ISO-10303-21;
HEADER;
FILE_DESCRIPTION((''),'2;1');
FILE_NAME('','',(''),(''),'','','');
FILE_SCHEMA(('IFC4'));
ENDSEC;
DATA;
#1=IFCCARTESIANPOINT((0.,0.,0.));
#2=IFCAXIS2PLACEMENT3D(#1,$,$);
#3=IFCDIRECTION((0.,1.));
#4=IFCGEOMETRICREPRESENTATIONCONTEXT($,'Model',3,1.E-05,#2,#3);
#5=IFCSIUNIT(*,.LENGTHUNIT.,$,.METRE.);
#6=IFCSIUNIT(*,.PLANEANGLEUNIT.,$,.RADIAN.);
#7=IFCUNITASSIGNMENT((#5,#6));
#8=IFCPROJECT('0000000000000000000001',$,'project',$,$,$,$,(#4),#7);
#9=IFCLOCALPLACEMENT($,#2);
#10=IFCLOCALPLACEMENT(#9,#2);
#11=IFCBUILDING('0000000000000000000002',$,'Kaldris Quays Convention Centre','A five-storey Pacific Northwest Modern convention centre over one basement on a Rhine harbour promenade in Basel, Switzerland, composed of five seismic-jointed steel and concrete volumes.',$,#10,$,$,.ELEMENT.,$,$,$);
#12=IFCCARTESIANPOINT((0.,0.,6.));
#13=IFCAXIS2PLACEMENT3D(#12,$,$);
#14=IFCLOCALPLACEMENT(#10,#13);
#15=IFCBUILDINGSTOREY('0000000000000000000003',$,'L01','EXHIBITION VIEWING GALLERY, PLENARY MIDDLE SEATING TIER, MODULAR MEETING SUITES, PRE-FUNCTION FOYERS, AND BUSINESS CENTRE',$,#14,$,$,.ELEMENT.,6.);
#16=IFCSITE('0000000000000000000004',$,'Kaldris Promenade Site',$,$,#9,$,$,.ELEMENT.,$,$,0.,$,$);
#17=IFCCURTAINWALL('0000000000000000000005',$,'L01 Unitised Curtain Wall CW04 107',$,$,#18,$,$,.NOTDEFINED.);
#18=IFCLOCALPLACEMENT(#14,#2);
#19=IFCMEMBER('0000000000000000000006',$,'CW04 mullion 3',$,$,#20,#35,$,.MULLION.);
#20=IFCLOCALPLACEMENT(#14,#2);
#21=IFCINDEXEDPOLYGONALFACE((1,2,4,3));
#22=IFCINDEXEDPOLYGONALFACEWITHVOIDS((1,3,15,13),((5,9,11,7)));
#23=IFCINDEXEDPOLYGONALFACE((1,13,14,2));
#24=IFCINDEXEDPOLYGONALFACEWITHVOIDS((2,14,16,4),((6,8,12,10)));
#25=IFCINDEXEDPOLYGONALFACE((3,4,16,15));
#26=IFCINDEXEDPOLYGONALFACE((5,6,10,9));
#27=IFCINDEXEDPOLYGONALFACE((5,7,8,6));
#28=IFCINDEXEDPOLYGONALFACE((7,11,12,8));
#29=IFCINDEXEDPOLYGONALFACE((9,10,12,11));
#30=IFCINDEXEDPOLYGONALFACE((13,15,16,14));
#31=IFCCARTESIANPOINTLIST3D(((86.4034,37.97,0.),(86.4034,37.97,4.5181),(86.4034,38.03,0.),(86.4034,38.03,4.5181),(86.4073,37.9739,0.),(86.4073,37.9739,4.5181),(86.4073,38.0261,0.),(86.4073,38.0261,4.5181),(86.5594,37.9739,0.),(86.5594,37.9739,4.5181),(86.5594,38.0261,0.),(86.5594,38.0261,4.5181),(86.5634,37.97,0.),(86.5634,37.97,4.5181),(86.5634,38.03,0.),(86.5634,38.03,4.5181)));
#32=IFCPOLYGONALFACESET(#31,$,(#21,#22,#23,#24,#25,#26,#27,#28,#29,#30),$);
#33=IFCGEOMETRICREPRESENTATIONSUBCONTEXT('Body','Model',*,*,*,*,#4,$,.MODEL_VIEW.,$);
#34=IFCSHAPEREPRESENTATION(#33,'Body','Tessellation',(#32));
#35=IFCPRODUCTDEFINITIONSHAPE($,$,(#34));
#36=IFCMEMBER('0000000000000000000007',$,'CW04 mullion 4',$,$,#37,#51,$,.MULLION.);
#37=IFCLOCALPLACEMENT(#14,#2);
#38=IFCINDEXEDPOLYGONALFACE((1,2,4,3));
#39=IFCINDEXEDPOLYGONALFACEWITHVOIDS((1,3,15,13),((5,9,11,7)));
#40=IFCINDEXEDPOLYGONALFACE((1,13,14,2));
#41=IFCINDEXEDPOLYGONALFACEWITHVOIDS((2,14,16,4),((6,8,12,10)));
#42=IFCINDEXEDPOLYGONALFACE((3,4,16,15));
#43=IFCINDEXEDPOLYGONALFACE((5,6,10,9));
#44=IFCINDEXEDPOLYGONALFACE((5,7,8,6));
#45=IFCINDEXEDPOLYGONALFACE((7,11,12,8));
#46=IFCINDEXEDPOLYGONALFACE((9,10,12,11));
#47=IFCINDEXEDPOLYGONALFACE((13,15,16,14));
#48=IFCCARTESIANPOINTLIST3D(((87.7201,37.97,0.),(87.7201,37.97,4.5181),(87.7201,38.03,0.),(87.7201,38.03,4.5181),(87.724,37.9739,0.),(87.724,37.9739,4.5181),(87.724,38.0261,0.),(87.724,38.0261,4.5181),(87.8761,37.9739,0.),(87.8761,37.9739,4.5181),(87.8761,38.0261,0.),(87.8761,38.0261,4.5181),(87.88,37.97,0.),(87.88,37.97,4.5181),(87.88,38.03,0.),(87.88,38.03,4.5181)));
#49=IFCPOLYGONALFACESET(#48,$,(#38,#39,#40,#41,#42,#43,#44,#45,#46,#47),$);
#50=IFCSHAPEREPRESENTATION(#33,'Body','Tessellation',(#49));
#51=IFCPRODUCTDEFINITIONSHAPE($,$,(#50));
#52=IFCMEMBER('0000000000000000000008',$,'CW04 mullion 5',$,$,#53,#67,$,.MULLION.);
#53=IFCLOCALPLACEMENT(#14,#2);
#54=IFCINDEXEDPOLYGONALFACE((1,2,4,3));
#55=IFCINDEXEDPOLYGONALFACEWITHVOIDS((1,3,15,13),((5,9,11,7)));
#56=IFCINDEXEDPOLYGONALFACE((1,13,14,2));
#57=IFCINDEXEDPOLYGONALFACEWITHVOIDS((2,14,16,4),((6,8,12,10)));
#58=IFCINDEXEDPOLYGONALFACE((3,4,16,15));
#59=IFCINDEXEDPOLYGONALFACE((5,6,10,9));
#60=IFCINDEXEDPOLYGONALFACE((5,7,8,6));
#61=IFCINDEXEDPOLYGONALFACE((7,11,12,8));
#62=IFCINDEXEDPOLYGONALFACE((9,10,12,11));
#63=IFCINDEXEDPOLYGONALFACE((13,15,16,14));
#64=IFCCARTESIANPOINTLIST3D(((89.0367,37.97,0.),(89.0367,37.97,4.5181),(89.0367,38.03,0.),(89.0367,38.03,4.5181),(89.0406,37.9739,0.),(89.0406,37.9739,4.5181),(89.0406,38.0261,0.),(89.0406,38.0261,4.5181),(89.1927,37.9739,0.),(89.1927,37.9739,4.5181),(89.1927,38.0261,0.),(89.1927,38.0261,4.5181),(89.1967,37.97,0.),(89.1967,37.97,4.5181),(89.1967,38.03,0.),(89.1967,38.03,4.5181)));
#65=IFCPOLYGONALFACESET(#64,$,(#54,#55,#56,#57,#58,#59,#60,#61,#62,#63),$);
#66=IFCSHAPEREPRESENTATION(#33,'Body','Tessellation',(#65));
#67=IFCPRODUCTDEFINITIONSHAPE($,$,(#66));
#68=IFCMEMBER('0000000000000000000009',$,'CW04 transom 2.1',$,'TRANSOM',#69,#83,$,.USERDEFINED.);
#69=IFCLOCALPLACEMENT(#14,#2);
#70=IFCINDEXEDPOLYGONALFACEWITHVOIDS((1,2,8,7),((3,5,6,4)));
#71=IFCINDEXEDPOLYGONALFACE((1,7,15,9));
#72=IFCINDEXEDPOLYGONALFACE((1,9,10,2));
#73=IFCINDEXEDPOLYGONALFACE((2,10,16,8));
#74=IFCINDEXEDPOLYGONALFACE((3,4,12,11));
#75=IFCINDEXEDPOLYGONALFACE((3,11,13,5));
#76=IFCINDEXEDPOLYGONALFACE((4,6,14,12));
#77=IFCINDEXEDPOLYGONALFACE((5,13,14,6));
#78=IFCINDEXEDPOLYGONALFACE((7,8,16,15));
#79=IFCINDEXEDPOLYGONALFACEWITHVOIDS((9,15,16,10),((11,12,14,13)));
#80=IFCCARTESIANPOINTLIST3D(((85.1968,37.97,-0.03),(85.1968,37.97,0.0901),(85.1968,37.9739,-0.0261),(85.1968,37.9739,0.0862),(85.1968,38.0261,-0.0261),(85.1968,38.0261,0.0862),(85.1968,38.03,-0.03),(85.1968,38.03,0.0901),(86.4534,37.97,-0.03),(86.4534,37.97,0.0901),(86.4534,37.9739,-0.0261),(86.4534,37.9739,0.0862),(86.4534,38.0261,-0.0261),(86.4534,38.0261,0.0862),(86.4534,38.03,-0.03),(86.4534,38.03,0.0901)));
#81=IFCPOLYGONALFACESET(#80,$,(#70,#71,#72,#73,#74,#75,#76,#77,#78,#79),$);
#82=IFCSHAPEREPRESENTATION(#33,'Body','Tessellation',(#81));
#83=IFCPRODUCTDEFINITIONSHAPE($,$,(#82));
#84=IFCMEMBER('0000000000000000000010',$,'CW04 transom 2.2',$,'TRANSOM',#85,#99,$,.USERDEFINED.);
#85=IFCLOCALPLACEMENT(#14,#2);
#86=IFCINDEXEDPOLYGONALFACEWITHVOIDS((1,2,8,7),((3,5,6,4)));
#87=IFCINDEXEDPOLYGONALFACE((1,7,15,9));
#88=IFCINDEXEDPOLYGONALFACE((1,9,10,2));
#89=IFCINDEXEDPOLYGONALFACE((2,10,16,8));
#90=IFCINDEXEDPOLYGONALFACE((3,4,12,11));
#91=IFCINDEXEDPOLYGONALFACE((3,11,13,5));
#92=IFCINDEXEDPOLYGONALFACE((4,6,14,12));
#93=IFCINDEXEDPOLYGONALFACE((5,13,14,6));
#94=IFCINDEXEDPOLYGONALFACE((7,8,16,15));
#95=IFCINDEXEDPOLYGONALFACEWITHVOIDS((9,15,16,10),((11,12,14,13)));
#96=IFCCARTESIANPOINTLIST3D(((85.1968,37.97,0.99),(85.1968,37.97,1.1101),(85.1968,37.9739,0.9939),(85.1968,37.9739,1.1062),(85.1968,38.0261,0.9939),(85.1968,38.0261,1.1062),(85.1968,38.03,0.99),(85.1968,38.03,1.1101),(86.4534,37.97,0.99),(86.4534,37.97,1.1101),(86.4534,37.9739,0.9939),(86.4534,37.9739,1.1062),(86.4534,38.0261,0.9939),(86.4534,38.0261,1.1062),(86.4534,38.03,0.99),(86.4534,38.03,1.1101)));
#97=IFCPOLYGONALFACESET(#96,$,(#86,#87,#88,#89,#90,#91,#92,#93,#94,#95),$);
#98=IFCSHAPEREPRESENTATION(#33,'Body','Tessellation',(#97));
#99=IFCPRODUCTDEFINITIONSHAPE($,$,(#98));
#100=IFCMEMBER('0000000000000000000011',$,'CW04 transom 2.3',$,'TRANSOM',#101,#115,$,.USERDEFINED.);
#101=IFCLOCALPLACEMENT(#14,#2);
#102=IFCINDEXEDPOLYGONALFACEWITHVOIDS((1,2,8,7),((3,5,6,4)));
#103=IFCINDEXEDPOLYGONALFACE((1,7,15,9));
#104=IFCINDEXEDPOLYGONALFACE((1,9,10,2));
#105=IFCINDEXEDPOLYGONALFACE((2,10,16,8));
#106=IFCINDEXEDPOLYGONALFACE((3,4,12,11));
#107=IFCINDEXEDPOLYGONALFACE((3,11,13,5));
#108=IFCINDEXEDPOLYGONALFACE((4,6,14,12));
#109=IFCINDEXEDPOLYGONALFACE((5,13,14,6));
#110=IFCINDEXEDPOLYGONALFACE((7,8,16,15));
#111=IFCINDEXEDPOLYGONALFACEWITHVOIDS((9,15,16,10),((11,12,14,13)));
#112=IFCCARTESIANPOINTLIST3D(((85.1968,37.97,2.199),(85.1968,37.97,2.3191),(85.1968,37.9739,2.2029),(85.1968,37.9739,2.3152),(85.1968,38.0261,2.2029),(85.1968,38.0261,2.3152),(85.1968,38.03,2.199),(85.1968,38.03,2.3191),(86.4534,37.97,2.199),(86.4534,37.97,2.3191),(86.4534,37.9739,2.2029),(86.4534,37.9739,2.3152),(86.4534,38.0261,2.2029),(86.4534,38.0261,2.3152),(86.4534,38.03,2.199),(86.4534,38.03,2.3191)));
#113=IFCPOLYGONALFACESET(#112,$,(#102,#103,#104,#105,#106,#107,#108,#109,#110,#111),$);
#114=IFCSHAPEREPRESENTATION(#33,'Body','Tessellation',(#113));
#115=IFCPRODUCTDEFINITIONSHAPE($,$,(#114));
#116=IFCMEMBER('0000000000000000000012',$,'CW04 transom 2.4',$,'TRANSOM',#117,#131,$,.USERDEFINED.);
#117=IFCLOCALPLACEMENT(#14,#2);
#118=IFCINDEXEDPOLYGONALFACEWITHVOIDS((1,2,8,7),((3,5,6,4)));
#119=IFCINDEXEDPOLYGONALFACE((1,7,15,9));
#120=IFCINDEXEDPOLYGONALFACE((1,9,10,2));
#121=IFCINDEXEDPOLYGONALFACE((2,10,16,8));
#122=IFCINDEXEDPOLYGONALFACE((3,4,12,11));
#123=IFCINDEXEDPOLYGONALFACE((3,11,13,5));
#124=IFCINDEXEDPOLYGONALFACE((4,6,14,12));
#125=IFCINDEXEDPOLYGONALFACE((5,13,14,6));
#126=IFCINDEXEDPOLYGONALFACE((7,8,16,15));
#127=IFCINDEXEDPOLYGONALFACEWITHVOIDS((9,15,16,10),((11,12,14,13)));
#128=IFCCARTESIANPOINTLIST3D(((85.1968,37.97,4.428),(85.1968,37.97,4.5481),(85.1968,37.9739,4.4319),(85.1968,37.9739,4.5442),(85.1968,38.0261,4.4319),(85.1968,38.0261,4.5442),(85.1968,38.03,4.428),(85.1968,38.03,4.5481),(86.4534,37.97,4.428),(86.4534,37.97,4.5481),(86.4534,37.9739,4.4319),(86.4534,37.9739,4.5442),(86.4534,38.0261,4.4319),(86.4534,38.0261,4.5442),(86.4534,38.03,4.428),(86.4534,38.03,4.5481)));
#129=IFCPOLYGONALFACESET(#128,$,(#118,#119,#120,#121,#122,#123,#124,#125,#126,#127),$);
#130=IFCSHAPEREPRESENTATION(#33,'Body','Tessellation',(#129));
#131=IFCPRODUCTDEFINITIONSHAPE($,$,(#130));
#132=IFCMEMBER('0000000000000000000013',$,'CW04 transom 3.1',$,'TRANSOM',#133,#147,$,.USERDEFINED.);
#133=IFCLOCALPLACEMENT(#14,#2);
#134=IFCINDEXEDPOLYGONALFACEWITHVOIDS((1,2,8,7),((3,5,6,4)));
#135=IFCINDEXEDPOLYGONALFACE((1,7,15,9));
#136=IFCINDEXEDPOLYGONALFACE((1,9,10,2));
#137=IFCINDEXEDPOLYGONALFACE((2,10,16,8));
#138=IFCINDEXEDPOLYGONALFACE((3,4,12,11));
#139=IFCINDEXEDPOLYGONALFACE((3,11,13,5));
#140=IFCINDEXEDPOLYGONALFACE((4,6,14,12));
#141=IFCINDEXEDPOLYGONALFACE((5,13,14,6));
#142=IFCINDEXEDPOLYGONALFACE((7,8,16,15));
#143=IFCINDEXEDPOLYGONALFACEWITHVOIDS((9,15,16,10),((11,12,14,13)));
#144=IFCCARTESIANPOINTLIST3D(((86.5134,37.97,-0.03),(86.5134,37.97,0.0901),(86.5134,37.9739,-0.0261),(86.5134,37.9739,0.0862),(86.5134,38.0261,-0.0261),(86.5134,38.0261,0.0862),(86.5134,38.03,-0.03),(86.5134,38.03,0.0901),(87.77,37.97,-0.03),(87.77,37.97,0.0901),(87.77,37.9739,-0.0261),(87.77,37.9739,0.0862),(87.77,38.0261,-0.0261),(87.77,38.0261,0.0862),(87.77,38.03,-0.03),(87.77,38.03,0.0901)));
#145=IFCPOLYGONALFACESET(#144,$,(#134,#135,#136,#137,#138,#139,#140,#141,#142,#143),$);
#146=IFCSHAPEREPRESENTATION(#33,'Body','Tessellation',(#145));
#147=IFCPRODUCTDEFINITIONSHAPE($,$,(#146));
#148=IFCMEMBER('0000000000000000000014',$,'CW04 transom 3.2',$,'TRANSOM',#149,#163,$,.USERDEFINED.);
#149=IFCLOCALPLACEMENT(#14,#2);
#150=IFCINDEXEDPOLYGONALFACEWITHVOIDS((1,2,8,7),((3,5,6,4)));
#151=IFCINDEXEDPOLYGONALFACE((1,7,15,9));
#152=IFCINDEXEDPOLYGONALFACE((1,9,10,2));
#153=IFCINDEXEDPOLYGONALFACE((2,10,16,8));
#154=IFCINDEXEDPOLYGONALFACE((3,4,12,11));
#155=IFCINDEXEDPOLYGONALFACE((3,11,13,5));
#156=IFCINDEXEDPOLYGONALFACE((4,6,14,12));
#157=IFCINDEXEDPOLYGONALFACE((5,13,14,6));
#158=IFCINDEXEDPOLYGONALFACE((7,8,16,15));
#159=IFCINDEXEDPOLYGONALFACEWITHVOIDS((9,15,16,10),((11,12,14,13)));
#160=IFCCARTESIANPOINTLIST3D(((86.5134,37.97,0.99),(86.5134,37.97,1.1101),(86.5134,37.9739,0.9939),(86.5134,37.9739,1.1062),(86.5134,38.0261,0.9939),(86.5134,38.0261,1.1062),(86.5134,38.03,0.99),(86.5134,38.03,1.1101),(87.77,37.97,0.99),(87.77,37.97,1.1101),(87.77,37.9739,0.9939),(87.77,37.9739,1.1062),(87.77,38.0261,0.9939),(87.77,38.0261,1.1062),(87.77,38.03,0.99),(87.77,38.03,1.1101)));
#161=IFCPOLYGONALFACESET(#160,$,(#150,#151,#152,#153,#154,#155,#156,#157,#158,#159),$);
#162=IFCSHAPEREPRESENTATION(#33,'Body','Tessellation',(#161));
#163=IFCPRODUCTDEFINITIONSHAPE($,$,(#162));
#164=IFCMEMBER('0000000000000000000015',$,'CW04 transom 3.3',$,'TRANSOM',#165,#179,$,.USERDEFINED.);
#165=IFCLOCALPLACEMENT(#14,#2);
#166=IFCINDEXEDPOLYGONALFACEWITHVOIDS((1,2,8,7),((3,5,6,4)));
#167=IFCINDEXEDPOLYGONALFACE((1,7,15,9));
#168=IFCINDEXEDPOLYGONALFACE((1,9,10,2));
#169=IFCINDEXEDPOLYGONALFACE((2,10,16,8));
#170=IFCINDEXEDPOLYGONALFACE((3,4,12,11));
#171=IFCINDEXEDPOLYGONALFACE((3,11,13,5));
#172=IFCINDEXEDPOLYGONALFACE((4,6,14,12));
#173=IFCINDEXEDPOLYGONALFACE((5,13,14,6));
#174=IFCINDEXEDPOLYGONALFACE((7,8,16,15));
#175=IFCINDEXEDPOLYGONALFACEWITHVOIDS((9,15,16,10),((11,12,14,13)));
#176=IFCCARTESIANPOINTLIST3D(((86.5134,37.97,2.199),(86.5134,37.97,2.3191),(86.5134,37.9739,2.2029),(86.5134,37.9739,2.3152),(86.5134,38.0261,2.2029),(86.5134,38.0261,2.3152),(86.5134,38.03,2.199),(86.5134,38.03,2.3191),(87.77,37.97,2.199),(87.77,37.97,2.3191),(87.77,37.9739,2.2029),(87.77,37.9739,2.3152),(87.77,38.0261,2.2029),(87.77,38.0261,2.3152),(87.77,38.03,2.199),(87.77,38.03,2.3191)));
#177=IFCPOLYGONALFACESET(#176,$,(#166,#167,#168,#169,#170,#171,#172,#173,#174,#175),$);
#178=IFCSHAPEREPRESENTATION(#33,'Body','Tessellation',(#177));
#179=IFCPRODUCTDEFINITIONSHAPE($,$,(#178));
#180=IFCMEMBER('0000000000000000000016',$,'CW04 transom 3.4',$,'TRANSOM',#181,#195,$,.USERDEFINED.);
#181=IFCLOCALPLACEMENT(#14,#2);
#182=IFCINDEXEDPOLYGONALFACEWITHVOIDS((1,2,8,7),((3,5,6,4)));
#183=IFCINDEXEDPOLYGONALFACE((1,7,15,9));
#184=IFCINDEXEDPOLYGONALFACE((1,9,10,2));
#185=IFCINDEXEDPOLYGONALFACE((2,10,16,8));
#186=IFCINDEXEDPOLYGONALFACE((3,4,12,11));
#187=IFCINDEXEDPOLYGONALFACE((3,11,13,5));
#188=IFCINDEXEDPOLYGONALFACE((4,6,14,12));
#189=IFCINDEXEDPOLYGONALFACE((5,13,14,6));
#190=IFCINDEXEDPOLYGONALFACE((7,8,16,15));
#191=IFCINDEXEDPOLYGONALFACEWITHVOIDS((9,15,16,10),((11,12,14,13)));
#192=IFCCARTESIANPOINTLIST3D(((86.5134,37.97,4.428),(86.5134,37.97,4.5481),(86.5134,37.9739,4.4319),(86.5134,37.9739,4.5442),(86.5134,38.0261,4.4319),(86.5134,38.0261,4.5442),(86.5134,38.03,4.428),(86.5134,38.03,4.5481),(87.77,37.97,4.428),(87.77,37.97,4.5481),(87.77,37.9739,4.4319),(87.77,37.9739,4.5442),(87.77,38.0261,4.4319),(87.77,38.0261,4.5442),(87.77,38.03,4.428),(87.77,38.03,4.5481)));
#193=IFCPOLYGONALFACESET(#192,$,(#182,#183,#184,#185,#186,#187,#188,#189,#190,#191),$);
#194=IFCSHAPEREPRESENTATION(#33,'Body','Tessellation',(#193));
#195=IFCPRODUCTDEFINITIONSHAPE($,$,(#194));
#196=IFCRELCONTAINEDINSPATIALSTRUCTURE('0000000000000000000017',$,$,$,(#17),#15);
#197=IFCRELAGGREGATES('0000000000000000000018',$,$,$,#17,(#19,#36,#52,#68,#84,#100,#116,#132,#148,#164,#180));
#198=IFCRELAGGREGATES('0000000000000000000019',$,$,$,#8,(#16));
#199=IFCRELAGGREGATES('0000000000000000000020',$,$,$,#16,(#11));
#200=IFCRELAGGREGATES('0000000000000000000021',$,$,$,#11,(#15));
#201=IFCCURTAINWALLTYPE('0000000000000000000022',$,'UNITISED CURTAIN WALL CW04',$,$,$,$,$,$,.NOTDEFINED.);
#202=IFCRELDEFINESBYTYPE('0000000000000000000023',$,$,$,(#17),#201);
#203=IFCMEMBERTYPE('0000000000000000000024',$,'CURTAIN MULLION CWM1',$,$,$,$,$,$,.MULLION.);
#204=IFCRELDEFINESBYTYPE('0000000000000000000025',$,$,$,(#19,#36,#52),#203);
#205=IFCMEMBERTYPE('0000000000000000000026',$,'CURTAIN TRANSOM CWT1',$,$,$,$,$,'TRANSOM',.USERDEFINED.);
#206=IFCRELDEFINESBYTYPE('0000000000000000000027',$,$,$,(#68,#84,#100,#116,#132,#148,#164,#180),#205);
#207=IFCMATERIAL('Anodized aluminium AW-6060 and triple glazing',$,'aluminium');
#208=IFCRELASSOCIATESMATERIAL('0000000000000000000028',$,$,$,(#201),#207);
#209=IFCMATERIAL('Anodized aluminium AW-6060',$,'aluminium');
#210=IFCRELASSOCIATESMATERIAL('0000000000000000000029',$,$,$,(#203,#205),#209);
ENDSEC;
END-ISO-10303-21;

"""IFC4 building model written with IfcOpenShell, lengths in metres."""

from ifc_helpers import new_model, si_unit, direction, frame, origin, origin_2d, place, context, subcontext, project, spatial, hollow_rectangle, extrude, material, material_profile, profile_set, type_object, element, aggregate, save


model = new_model("IFC4")

# Units and contexts
model_context = context("Model", 3, precision=1e-05, world=origin(), true_north=direction((0.0, 1.0)))
body_context = subcontext(model_context, "Body", "Model", "MODEL_VIEW")
ifc_project = project(units=[si_unit("LENGTHUNIT", "METRE"), si_unit("PLANEANGLEUNIT", "RADIAN")], contexts=[model_context])

# Site, building, storey
site_placement = place(None, origin())
site = spatial("IfcSite", under=ifc_project, at=site_placement, Name="Kaldris Promenade Site", CompositionType="ELEMENT", RefElevation=0.0)
building_placement = place(site_placement, origin())
building = spatial("IfcBuilding", under=site, at=building_placement, Name="Kaldris Quays Convention Centre", Description="A five-storey Pacific Northwest Modern convention centre over one basement on a Rhine harbour promenade in Basel, Switzerland, composed of five seismic-jointed steel and concrete volumes.", CompositionType="ELEMENT")
storey_placement = place(building_placement, frame((0.0, 0.0, 6.0)))
storey = spatial("IfcBuildingStorey", under=building, at=storey_placement, Name="L01", Description="EXHIBITION VIEWING GALLERY, PLENARY MIDDLE SEATING TIER, MODULAR MEETING SUITES, PRE-FUNCTION FOYERS, AND BUSINESS CENTRE", CompositionType="ELEMENT", Elevation=6.0)

# Curtain wall, members
ifc_material_1 = material(Name="Anodized aluminium AW-6060 and triple glazing", Category="aluminium")
curtain_wall_type = type_object("IfcCurtainWallType", Name="UNITISED CURTAIN WALL CW04", PredefinedType="NOTDEFINED", material=ifc_material_1)
curtain_wall_placement = place(storey_placement, origin())
curtain_wall = element("IfcCurtainWall", 1, at=curtain_wall_placement, inside=storey, type_object=curtain_wall_type, Name="L01 Unitised Curtain Wall CW04 107", PredefinedType="NOTDEFINED")
ifc_material_2 = material(Name="Anodized aluminium AW-6060", Category="aluminium")
ifc_material_profile_1 = material_profile(ifc_material_2, hollow_rectangle(XDim=0.0601, YDim=0.1599, WallThickness=0.0039, at=origin_2d()), Name="RHS 160x60x4")
ifc_profile_set_1 = profile_set([ifc_material_profile_1], Name="Anodized aluminium AW-6060")
member_type_1 = type_object("IfcMemberType", Name="CURTAIN MULLION CWM1", PredefinedType="MULLION", material=ifc_profile_set_1)
member_1_placement = place(storey_placement, frame((86.4834, 38.0, 0.0), z_axis=(0.0, 0.0, 1.0), x_axis=(0.0, 1.0, 0.0)))
member_1 = element("IfcMember", 2, at=member_1_placement, type_object=member_type_1, Name="CW04 mullion 3", PredefinedType="MULLION", context=body_context, shape_type="SweptSolid", body=[
    extrude(hollow_rectangle(XDim=0.0601, YDim=0.1599, WallThickness=0.0039, at=origin_2d()), origin(), (0.0, 0.0, 1.0), 4.5181),
])
member_2_placement = place(storey_placement, frame((87.8, 38.0, 0.0), z_axis=(0.0, 0.0, 1.0), x_axis=(0.0, 1.0, 0.0)))
member_2 = element("IfcMember", 3, at=member_2_placement, type_object=member_type_1, Name="CW04 mullion 4", PredefinedType="MULLION", context=body_context, shape_type="SweptSolid", body=[
    extrude(hollow_rectangle(XDim=0.0601, YDim=0.1599, WallThickness=0.0039, at=origin_2d()), origin(), (0.0, 0.0, 1.0), 4.5181),
])
member_3_placement = place(storey_placement, frame((89.1167, 38.0, 0.0), z_axis=(0.0, 0.0, 1.0), x_axis=(0.0, 1.0, 0.0)))
member_3 = element("IfcMember", 4, at=member_3_placement, type_object=member_type_1, Name="CW04 mullion 5", PredefinedType="MULLION", context=body_context, shape_type="SweptSolid", body=[
    extrude(hollow_rectangle(XDim=0.0601, YDim=0.1599, WallThickness=0.0039, at=origin_2d()), origin(), (0.0, 0.0, 1.0), 4.5181),
])
ifc_material_profile_2 = material_profile(ifc_material_2, hollow_rectangle(XDim=0.0601, YDim=0.1201, WallThickness=0.0039, at=origin_2d()), Name="RHS 120x60x4")
ifc_profile_set_2 = profile_set([ifc_material_profile_2], Name="Anodized aluminium AW-6060")
member_type_2 = type_object("IfcMemberType", Name="CURTAIN TRANSOM CWT1", ElementType="TRANSOM", PredefinedType="USERDEFINED", material=ifc_profile_set_2)
member_4_placement = place(storey_placement, frame((85.1968, 38.0, 0.03), z_axis=(1.0, 0.0, 0.0), x_axis=(0.0, 1.0, 0.0)))
member_4 = element("IfcMember", 5, at=member_4_placement, type_object=member_type_2, Name="CW04 transom 2.1", ObjectType="TRANSOM", PredefinedType="USERDEFINED", context=body_context, shape_type="SweptSolid", body=[
    extrude(hollow_rectangle(XDim=0.0601, YDim=0.1201, WallThickness=0.0039, at=origin_2d()), origin(), (0.0, 0.0, 1.0), 1.2566),
])
member_5_placement = place(storey_placement, frame((85.1968, 38.0, 1.05), z_axis=(1.0, 0.0, 0.0), x_axis=(0.0, 1.0, 0.0)))
member_5 = element("IfcMember", 6, at=member_5_placement, type_object=member_type_2, Name="CW04 transom 2.2", ObjectType="TRANSOM", PredefinedType="USERDEFINED", context=body_context, shape_type="SweptSolid", body=[
    extrude(hollow_rectangle(XDim=0.0601, YDim=0.1201, WallThickness=0.0039, at=origin_2d()), origin(), (0.0, 0.0, 1.0), 1.2566),
])
member_6_placement = place(storey_placement, frame((85.1968, 38.0, 2.259), z_axis=(1.0, 0.0, 0.0), x_axis=(0.0, 1.0, 0.0)))
member_6 = element("IfcMember", 7, at=member_6_placement, type_object=member_type_2, Name="CW04 transom 2.3", ObjectType="TRANSOM", PredefinedType="USERDEFINED", context=body_context, shape_type="SweptSolid", body=[
    extrude(hollow_rectangle(XDim=0.0601, YDim=0.1201, WallThickness=0.0039, at=origin_2d()), origin(), (0.0, 0.0, 1.0), 1.2566),
])
member_7_placement = place(storey_placement, frame((85.1968, 38.0, 4.488), z_axis=(1.0, 0.0, 0.0), x_axis=(0.0, 1.0, 0.0)))
member_7 = element("IfcMember", 8, at=member_7_placement, type_object=member_type_2, Name="CW04 transom 2.4", ObjectType="TRANSOM", PredefinedType="USERDEFINED", context=body_context, shape_type="SweptSolid", body=[
    extrude(hollow_rectangle(XDim=0.0601, YDim=0.1201, WallThickness=0.0039, at=origin_2d()), origin(), (0.0, 0.0, 1.0), 1.2566),
])
member_8_placement = place(storey_placement, frame((86.5134, 38.0, 0.03), z_axis=(1.0, 0.0, 0.0), x_axis=(0.0, 1.0, 0.0)))
member_8 = element("IfcMember", 9, at=member_8_placement, type_object=member_type_2, Name="CW04 transom 3.1", ObjectType="TRANSOM", PredefinedType="USERDEFINED", context=body_context, shape_type="SweptSolid", body=[
    extrude(hollow_rectangle(XDim=0.0601, YDim=0.1201, WallThickness=0.0039, at=origin_2d()), origin(), (0.0, 0.0, 1.0), 1.2566),
])
member_9_placement = place(storey_placement, frame((86.5134, 38.0, 1.05), z_axis=(1.0, 0.0, 0.0), x_axis=(0.0, 1.0, 0.0)))
member_9 = element("IfcMember", 10, at=member_9_placement, type_object=member_type_2, Name="CW04 transom 3.2", ObjectType="TRANSOM", PredefinedType="USERDEFINED", context=body_context, shape_type="SweptSolid", body=[
    extrude(hollow_rectangle(XDim=0.0601, YDim=0.1201, WallThickness=0.0039, at=origin_2d()), origin(), (0.0, 0.0, 1.0), 1.2566),
])
member_10_placement = place(storey_placement, frame((86.5134, 38.0, 2.259), z_axis=(1.0, 0.0, 0.0), x_axis=(0.0, 1.0, 0.0)))
member_10 = element("IfcMember", 11, at=member_10_placement, type_object=member_type_2, Name="CW04 transom 3.3", ObjectType="TRANSOM", PredefinedType="USERDEFINED", context=body_context, shape_type="SweptSolid", body=[
    extrude(hollow_rectangle(XDim=0.0601, YDim=0.1201, WallThickness=0.0039, at=origin_2d()), origin(), (0.0, 0.0, 1.0), 1.2566),
])
member_11_placement = place(storey_placement, frame((86.5134, 38.0, 4.488), z_axis=(1.0, 0.0, 0.0), x_axis=(0.0, 1.0, 0.0)))
member_11 = element("IfcMember", 12, at=member_11_placement, type_object=member_type_2, Name="CW04 transom 3.4", ObjectType="TRANSOM", PredefinedType="USERDEFINED", context=body_context, shape_type="SweptSolid", body=[
    extrude(hollow_rectangle(XDim=0.0601, YDim=0.1201, WallThickness=0.0039, at=origin_2d()), origin(), (0.0, 0.0, 1.0), 1.2566),
])
aggregate(curtain_wall, [member_1, member_2, member_3, member_4, member_5, member_6, member_7, member_8, member_9, member_10, member_11])

save(model, "model.ifc")
